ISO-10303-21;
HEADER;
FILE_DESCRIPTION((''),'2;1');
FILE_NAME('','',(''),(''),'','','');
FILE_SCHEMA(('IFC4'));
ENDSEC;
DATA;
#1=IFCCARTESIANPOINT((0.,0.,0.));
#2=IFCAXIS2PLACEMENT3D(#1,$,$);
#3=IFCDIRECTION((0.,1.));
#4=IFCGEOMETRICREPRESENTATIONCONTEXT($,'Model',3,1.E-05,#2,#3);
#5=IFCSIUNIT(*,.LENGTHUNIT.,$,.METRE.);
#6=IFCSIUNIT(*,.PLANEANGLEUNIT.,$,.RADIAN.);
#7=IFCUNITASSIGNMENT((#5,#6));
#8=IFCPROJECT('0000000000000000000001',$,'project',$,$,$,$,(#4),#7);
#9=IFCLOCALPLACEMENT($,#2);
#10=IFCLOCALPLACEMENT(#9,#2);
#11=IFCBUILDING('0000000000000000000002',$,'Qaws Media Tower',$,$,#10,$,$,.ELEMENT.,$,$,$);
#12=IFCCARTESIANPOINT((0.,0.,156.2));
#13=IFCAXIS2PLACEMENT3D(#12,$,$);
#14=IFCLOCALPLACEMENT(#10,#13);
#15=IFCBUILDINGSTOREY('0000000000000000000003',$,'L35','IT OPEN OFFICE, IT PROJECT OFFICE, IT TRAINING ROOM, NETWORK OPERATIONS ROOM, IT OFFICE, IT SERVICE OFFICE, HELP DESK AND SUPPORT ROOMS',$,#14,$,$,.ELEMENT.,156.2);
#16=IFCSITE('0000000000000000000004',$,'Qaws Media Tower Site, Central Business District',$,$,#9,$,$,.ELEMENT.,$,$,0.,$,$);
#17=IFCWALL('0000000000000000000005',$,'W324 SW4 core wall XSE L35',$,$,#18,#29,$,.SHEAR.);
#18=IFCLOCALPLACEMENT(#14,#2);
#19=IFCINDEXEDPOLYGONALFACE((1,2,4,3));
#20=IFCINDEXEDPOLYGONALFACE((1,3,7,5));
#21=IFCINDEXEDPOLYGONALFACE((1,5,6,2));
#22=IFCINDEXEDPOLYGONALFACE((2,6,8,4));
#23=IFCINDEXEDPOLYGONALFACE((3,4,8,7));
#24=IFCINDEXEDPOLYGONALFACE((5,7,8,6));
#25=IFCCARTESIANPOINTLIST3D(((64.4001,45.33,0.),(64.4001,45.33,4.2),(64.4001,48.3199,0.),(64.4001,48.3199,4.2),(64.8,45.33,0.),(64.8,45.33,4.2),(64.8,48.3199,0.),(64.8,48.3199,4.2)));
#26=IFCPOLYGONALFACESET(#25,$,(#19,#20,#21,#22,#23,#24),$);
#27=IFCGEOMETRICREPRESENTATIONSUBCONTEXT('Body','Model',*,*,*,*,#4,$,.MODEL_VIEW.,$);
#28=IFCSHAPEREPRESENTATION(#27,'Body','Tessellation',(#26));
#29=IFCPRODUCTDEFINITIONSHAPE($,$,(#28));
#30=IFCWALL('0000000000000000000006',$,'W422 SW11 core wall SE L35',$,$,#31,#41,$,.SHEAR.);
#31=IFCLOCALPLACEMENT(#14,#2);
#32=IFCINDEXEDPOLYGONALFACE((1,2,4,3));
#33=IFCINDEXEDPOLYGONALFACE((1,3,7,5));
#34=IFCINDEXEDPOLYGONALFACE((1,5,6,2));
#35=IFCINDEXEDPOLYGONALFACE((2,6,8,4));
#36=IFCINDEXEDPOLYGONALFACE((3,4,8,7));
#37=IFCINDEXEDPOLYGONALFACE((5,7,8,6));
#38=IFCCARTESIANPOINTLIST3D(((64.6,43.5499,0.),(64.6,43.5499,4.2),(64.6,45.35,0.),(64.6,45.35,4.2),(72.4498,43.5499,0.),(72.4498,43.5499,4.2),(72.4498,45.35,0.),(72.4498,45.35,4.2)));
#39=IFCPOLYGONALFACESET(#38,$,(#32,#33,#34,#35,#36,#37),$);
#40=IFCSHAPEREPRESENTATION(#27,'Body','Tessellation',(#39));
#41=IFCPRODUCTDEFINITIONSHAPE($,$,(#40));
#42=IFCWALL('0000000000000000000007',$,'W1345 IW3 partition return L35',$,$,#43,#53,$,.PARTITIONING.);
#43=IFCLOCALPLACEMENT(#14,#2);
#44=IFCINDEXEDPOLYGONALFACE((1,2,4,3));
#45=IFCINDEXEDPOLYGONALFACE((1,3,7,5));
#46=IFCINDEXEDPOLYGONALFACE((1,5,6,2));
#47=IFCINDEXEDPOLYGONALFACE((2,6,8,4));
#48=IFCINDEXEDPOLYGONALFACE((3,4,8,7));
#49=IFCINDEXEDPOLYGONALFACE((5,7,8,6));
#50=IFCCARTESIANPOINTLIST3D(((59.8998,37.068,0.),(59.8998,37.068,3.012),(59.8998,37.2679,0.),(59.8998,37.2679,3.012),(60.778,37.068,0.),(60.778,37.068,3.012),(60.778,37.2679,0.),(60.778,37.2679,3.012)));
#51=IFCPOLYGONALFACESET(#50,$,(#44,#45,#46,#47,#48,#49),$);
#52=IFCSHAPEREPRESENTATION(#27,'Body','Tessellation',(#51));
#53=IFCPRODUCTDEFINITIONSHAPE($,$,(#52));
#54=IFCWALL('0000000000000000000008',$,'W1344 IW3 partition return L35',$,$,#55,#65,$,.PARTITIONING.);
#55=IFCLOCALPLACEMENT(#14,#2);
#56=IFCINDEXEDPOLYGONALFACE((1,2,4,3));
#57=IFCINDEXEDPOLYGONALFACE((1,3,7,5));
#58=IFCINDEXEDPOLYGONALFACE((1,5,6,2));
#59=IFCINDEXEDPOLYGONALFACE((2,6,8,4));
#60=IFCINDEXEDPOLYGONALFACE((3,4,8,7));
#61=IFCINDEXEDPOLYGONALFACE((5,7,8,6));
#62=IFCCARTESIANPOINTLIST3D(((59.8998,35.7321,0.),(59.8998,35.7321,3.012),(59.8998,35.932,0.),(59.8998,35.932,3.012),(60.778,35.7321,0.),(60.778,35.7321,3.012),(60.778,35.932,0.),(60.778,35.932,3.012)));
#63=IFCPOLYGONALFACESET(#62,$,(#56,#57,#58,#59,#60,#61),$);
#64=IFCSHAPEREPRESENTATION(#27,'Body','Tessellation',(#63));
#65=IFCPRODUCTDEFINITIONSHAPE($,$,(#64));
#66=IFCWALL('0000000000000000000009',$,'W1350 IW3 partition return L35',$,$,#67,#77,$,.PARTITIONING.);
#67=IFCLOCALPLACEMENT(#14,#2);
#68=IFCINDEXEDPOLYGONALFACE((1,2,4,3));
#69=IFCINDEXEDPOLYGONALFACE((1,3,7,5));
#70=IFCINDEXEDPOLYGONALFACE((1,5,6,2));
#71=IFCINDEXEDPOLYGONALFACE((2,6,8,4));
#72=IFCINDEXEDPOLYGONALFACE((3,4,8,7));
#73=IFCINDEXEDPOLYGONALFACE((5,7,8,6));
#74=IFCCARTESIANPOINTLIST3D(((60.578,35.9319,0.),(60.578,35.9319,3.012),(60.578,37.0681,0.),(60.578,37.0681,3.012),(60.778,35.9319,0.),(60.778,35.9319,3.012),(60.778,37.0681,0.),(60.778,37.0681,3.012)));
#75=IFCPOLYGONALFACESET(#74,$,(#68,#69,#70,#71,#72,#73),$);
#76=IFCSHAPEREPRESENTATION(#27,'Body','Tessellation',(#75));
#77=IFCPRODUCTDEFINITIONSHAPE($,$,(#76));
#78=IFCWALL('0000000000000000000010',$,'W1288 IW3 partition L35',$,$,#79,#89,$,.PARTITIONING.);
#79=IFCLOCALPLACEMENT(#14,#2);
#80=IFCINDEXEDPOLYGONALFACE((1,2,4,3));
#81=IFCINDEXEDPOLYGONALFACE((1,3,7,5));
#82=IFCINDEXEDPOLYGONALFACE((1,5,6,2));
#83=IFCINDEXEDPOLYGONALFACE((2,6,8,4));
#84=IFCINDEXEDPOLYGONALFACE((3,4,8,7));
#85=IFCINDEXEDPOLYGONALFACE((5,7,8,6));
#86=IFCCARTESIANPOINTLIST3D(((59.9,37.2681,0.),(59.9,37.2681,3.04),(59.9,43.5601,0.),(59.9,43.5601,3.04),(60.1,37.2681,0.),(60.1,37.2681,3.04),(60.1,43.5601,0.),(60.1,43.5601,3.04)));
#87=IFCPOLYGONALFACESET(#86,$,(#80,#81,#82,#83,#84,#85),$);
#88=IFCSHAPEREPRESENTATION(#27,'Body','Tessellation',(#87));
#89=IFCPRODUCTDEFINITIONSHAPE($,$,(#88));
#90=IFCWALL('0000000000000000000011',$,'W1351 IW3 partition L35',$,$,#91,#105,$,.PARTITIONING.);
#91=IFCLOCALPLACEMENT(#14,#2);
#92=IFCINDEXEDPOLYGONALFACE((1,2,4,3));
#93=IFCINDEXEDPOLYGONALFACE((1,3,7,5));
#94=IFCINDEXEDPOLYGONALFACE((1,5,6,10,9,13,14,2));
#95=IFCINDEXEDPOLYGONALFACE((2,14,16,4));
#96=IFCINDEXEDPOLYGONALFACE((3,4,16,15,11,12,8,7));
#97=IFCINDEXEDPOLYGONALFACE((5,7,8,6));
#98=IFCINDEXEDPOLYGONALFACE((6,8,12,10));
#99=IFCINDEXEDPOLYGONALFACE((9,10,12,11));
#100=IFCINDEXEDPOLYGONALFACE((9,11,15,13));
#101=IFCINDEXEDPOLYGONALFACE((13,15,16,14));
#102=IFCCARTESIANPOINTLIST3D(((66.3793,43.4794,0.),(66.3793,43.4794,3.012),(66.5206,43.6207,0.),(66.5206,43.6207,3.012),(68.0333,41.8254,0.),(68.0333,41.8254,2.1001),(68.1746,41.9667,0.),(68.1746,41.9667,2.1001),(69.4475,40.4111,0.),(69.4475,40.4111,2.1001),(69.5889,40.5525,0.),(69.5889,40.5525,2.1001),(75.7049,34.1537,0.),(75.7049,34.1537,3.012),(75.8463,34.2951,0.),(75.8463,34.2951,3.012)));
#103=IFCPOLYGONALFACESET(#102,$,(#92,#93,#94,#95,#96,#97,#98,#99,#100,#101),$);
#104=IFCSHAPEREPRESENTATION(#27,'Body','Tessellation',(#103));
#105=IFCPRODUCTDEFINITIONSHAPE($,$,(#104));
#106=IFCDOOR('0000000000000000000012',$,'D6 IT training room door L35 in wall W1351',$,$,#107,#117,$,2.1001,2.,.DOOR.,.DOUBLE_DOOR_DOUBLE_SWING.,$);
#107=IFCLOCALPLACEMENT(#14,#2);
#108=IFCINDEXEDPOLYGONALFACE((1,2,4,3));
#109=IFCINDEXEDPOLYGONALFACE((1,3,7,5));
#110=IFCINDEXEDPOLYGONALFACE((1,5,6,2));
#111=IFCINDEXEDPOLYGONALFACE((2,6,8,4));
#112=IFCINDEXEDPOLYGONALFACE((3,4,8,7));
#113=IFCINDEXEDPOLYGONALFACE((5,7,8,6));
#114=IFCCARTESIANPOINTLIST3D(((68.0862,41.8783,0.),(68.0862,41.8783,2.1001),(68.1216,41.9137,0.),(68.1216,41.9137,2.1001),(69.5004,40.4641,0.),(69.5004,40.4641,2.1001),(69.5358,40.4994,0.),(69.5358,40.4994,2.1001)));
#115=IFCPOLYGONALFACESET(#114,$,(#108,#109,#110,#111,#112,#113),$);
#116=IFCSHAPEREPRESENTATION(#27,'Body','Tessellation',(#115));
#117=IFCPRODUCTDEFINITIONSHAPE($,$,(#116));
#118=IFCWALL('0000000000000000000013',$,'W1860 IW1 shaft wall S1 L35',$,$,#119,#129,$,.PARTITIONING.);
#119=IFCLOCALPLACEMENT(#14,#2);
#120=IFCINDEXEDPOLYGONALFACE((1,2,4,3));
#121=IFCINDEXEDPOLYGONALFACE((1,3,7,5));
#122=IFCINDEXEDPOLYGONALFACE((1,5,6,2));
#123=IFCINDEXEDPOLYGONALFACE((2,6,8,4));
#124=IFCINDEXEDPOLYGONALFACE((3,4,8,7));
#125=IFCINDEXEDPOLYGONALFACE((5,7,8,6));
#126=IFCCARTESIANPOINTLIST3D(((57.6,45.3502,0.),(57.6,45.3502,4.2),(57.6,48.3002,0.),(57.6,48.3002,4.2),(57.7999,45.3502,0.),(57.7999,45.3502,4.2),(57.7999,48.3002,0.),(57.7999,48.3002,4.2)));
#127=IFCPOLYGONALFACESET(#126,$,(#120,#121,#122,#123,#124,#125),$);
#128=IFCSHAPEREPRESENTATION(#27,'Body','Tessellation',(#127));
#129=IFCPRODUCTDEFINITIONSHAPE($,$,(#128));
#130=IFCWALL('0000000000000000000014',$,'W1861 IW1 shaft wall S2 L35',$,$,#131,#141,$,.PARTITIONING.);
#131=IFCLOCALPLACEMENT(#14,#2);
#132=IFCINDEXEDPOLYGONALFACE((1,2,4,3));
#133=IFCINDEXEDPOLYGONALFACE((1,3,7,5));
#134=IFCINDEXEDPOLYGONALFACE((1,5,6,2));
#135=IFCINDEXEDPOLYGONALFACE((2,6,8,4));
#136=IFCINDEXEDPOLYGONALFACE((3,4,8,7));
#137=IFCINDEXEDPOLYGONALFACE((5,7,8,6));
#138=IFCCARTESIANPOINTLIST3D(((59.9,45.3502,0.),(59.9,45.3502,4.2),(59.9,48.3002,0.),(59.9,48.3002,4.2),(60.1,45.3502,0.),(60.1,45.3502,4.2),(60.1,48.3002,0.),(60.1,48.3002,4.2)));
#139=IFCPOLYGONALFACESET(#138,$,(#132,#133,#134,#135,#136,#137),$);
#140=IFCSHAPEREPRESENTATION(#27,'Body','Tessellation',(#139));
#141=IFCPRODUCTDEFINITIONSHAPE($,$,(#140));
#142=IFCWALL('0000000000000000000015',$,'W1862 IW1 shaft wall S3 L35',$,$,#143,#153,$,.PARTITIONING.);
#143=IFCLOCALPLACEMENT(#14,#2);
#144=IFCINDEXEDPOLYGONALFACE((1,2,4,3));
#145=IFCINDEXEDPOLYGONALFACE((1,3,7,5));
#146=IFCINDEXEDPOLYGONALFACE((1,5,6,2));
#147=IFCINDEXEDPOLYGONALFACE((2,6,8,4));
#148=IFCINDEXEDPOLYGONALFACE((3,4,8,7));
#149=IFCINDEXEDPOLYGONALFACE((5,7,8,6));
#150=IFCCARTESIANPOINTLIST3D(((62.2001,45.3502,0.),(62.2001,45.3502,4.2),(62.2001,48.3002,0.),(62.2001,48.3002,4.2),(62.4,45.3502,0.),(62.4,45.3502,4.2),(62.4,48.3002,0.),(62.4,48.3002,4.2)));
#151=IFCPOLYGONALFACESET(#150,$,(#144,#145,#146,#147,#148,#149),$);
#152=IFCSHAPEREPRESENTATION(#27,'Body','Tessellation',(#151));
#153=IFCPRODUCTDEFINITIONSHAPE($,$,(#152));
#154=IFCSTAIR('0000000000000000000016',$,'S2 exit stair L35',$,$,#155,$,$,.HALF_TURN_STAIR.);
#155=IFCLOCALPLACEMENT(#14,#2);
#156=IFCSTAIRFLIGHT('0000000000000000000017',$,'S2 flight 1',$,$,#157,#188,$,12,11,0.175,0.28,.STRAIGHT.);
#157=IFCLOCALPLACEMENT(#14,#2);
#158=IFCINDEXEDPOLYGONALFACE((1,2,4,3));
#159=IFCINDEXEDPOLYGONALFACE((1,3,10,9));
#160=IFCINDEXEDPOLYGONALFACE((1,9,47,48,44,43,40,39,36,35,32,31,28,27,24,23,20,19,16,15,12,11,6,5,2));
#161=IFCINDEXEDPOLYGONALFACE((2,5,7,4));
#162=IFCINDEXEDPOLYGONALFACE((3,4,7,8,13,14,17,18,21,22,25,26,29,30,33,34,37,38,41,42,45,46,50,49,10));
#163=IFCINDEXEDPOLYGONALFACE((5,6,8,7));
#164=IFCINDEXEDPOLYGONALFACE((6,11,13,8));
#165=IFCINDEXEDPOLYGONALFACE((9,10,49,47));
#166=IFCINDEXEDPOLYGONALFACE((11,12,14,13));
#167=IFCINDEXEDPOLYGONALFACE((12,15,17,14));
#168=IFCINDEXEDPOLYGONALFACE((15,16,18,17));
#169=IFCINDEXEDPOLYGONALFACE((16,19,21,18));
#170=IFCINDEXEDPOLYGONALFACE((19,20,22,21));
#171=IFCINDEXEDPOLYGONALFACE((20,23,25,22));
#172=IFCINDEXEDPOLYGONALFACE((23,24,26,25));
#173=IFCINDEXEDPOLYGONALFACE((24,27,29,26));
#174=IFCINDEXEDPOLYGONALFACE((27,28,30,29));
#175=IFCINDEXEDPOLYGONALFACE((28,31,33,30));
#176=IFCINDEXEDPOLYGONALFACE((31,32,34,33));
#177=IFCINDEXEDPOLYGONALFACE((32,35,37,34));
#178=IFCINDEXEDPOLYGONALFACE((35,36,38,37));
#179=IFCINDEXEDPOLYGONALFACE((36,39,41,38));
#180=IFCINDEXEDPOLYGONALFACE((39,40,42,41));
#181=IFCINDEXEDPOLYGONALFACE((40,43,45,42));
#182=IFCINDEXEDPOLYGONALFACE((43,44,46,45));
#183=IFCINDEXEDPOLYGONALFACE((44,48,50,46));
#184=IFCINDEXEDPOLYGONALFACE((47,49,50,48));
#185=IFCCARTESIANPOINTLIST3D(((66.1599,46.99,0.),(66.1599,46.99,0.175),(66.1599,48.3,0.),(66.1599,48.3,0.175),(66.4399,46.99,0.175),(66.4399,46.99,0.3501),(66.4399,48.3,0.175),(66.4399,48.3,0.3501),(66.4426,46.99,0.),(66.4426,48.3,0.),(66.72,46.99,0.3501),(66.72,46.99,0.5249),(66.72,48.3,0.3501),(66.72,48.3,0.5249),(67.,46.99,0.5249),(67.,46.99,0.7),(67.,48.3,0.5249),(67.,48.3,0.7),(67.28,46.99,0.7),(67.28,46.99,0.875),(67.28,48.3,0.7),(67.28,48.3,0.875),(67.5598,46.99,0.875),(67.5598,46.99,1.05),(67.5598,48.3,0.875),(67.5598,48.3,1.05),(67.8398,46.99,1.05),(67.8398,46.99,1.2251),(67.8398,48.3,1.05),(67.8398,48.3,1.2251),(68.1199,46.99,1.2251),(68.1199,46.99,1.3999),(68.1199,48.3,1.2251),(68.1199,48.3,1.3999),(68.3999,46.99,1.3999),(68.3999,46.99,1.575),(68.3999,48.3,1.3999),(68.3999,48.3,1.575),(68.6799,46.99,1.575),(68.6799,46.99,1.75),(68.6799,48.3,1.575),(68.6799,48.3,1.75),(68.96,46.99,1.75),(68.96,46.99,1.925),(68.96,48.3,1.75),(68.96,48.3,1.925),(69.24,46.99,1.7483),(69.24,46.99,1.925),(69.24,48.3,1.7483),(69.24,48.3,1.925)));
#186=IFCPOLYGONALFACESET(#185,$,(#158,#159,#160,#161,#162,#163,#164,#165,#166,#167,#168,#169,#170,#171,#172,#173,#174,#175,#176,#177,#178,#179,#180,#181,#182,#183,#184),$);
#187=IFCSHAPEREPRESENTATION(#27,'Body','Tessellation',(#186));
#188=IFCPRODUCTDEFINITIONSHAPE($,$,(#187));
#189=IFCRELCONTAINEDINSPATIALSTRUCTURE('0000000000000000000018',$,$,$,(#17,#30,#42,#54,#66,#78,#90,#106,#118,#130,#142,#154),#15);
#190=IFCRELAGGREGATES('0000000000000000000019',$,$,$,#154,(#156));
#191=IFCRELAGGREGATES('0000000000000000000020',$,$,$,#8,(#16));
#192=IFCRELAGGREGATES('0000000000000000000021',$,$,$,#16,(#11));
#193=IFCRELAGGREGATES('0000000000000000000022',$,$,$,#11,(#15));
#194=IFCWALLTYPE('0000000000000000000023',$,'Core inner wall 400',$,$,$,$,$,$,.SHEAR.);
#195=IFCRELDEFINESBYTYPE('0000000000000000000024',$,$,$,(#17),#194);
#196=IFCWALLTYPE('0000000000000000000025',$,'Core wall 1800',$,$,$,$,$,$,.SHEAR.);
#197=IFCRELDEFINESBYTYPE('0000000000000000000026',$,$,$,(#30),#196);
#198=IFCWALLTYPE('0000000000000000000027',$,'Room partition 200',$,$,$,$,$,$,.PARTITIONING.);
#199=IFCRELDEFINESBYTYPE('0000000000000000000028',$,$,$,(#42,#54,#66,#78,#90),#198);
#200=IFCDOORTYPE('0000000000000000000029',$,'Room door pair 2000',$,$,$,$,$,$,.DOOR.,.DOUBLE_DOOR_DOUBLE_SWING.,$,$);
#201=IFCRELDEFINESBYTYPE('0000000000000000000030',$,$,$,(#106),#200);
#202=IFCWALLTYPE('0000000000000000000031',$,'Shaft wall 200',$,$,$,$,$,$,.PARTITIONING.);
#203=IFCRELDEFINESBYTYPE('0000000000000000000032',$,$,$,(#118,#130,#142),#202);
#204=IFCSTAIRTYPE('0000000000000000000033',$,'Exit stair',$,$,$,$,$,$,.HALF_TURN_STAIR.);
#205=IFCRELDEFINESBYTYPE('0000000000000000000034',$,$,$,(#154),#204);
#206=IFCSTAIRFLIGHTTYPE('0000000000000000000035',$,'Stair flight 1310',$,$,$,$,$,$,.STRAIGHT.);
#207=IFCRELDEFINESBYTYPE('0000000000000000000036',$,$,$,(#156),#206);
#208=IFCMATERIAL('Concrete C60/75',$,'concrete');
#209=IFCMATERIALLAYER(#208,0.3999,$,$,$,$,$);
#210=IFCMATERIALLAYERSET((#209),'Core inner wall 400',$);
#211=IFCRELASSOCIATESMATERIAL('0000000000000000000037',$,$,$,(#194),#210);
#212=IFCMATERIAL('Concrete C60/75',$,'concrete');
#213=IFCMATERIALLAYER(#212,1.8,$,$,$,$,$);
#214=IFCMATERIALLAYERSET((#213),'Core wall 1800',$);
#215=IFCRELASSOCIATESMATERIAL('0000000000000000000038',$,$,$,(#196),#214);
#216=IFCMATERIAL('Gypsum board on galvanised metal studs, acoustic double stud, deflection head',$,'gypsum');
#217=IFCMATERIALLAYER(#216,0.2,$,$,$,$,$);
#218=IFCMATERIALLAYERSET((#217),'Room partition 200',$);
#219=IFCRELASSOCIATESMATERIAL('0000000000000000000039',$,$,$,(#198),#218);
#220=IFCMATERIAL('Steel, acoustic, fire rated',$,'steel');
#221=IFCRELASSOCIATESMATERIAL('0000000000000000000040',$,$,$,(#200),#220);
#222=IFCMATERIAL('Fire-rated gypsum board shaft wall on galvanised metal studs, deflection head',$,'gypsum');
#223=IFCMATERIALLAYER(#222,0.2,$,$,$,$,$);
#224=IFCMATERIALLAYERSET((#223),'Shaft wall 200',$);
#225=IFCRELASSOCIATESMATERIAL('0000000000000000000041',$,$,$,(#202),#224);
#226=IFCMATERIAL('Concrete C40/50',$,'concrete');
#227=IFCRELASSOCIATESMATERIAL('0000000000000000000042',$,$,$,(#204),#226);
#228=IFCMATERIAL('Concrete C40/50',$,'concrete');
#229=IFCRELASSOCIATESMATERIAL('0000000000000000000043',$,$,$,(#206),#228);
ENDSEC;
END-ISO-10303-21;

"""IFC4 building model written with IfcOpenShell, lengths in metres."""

from ifc_helpers import new_model, si_unit, direction, frame, frame_2d, origin, place, context, subcontext, project, spatial, polyline, rectangle, outline, extrude, material, layer, layer_set, type_object, element, fill, aggregate, save


model = new_model("IFC4")

# Units and contexts
model_context = context("Model", 3, precision=1e-05, world=origin(), true_north=direction((0.0, 1.0)))
body_context = subcontext(model_context, "Body", "Model", "MODEL_VIEW")
ifc_project = project(units=[si_unit("LENGTHUNIT", "METRE"), si_unit("PLANEANGLEUNIT", "RADIAN")], contexts=[model_context])

# Site, building, storey
site_placement = place(None, origin())
site = spatial("IfcSite", under=ifc_project, at=site_placement, Name="Qaws Media Tower Site, Central Business District", CompositionType="ELEMENT", RefElevation=0.0)
building_placement = place(site_placement, origin())
building = spatial("IfcBuilding", under=site, at=building_placement, Name="Qaws Media Tower", CompositionType="ELEMENT")
storey_placement = place(building_placement, frame((0.0, 0.0, 156.2)))
storey = spatial("IfcBuildingStorey", under=building, at=storey_placement, Name="L35", Description="IT OPEN OFFICE, IT PROJECT OFFICE, IT TRAINING ROOM, NETWORK OPERATIONS ROOM, IT OFFICE, IT SERVICE OFFICE, HELP DESK AND SUPPORT ROOMS", CompositionType="ELEMENT", Elevation=156.2)

# Walls
ifc_material_1 = material(Name="Concrete C60/75", Category="concrete")
ifc_layer_1 = layer(ifc_material_1, 0.3999)
ifc_layer_set_1 = layer_set([ifc_layer_1], Name="Core inner wall 400")
wall_type_1 = type_object("IfcWallType", Name="Core inner wall 400", PredefinedType="SHEAR", material=ifc_layer_set_1)
wall_1_placement = place(storey_placement, frame((64.6001, 48.3201, 0.0), z_axis=(0.0, 0.0, 1.0), x_axis=(0.0, -1.0, 0.0)))
element("IfcWall", 1, at=wall_1_placement, inside=storey, type_object=wall_type_1, Name="W324 SW4 core wall XSE L35", PredefinedType="SHEAR", context=body_context, shape_type="SweptSolid", body=[
    extrude(rectangle(XDim=2.99, YDim=0.3999, at=frame_2d((1.4951, 0.0))), origin(), (0.0, 0.0, 1.0), 4.2),
])
ifc_material_2 = material(Name="Concrete C60/75", Category="concrete")
ifc_layer_2 = layer(ifc_material_2, 1.8)
ifc_layer_set_2 = layer_set([ifc_layer_2], Name="Core wall 1800")
wall_type_2 = type_object("IfcWallType", Name="Core wall 1800", PredefinedType="SHEAR", material=ifc_layer_set_2)
wall_2_placement = place(storey_placement, frame((64.6001, 44.45, 0.0), z_axis=(0.0, 0.0, 1.0), x_axis=(1.0, 0.0, 0.0)))
element("IfcWall", 2, at=wall_2_placement, inside=storey, type_object=wall_type_2, Name="W422 SW11 core wall SE L35", PredefinedType="SHEAR", context=body_context, shape_type="SweptSolid", body=[
    extrude(rectangle(XDim=7.8499, YDim=1.8, at=frame_2d((3.9248, 0.0))), origin(), (0.0, 0.0, 1.0), 4.2),
])
ifc_material_3 = material(Name="Gypsum board on galvanised metal studs, acoustic double stud, deflection head", Category="gypsum")
ifc_layer_3 = layer(ifc_material_3, 0.2)
ifc_layer_set_3 = layer_set([ifc_layer_3], Name="Room partition 200")
wall_type_3 = type_object("IfcWallType", Name="Room partition 200", PredefinedType="PARTITIONING", material=ifc_layer_set_3)
for number, where, z_axis, x_axis, name in (
    (3, (59.8999, 37.168, 0.0), (0.0, 0.0, 1.0), (1.0, 0.0, 0.0), "W1345 IW3 partition return L35"),
    (4, (59.8999, 35.832, 0.0), (0.0, 0.0, 1.0), (1.0, 0.0, 0.0), "W1344 IW3 partition return L35"),
):
    element("IfcWall", number, at=place(storey_placement, frame(where, z_axis=z_axis, x_axis=x_axis)), inside=storey, type_object=wall_type_3, Name=name, PredefinedType="PARTITIONING", context=body_context, shape_type="SweptSolid", body=[
        extrude(rectangle(XDim=0.8782, YDim=0.2, at=frame_2d((0.439, 0.0))), origin(), (0.0, 0.0, 1.0), 3.012),
    ])
wall_3_placement = place(storey_placement, frame((60.678, 37.0681, 0.0), z_axis=(0.0, 0.0, 1.0), x_axis=(0.0, -1.0, 0.0)))
element("IfcWall", 5, at=wall_3_placement, inside=storey, type_object=wall_type_3, Name="W1350 IW3 partition return L35", PredefinedType="PARTITIONING", context=body_context, shape_type="SweptSolid", body=[
    extrude(rectangle(XDim=1.1362, YDim=0.2, at=frame_2d((0.5681, 0.0))), origin(), (0.0, 0.0, 1.0), 3.012),
])
wall_4_placement = place(storey_placement, frame((60.0, 43.5601, 0.0), z_axis=(0.0, 0.0, 1.0), x_axis=(0.0, -1.0, 0.0)))
element("IfcWall", 6, at=wall_4_placement, inside=storey, type_object=wall_type_3, Name="W1288 IW3 partition L35", PredefinedType="PARTITIONING", context=body_context, shape_type="SweptSolid", body=[
    extrude(rectangle(XDim=6.292, YDim=0.2, at=frame_2d((3.146, 0.0))), origin(), (0.0, 0.0, 1.0), 3.04),
])

# Wall, opening, door
wall_5_placement = place(storey_placement, frame((66.45, 43.55, 0.0), z_axis=(0.0, 0.0, 1.0), x_axis=(0.707107, -0.707107, 0.0)))
wall_5 = element("IfcWall", 7, at=wall_5_placement, inside=storey, type_object=wall_type_3, Name="W1351 IW3 partition L35", PredefinedType="PARTITIONING", context=body_context, shape_type="SweptSolid", body=[
    extrude(rectangle(XDim=13.1885, YDim=0.2, at=frame_2d((6.5942, 0.0))), origin(), (0.0, 0.0, 1.0), 3.012),
])
opening_placement = place(wall_5_placement, frame((2.3391, 0.0, 0.0)))
opening = element("IfcOpeningElement", 8, at=opening_placement, cuts=wall_5, PredefinedType="OPENING", context=body_context, shape_type="SweptSolid", body=[
    extrude(rectangle(XDim=2.0, YDim=2.1001, at=frame_2d((1.0, 1.05))), frame((0.0, 0.1099, 0.0), z_axis=(0.0, -1.0, 0.0), x_axis=(1.0, 0.0, 0.0)), (0.0, 0.0, 1.0), 0.22),
])
ifc_material_4 = material(Name="Steel, acoustic, fire rated", Category="steel")
door_type = type_object("IfcDoorType", Name="Room door pair 2000", OperationType="DOUBLE_DOOR_DOUBLE_SWING", PredefinedType="DOOR", material=ifc_material_4)
door_placement = place(opening_placement, origin())
door = element("IfcDoor", 9, at=door_placement, inside=storey, type_object=door_type, Name="D6 IT training room door L35 in wall W1351", OperationType="DOUBLE_DOOR_DOUBLE_SWING", OverallHeight=2.1001, OverallWidth=2.0, PredefinedType="DOOR", context=body_context, shape_type="SweptSolid", body=[
    extrude(rectangle(XDim=2.0, YDim=2.1001, at=frame_2d((1.0, 1.05))), frame((0.0, 0.0249, 0.0), z_axis=(0.0, -1.0, 0.0), x_axis=(1.0, 0.0, 0.0)), (0.0, 0.0, 1.0), 0.05),
])
fill(opening, door)

# Walls
ifc_material_5 = material(Name="Fire-rated gypsum board shaft wall on galvanised metal studs, deflection head", Category="gypsum")
ifc_layer_4 = layer(ifc_material_5, 0.2)
ifc_layer_set_4 = layer_set([ifc_layer_4], Name="Shaft wall 200")
wall_type_4 = type_object("IfcWallType", Name="Shaft wall 200", PredefinedType="PARTITIONING", material=ifc_layer_set_4)
for number, where, z_axis, x_axis, name in (
    (10, (57.7, 45.3501, 0.0), (0.0, 0.0, 1.0), (0.0, 1.0, 0.0), "W1860 IW1 shaft wall S1 L35"),
    (11, (60.0, 45.3501, 0.0), (0.0, 0.0, 1.0), (0.0, 1.0, 0.0), "W1861 IW1 shaft wall S2 L35"),
    (12, (62.3, 45.3501, 0.0), (0.0, 0.0, 1.0), (0.0, 1.0, 0.0), "W1862 IW1 shaft wall S3 L35"),
):
    element("IfcWall", number, at=place(storey_placement, frame(where, z_axis=z_axis, x_axis=x_axis)), inside=storey, type_object=wall_type_4, Name=name, PredefinedType="PARTITIONING", context=body_context, shape_type="SweptSolid", body=[
        extrude(rectangle(XDim=2.95, YDim=0.2, at=frame_2d((1.4751, 0.0))), origin(), (0.0, 0.0, 1.0), 4.2),
    ])

# Stair, stair flight
ifc_material_6 = material(Name="Concrete C40/50", Category="concrete")
stair_type = type_object("IfcStairType", Name="Exit stair", PredefinedType="HALF_TURN_STAIR", material=ifc_material_6)
stair_placement = place(storey_placement, origin())
stair = element("IfcStair", 13, at=stair_placement, inside=storey, type_object=stair_type, Name="S2 exit stair L35", PredefinedType="HALF_TURN_STAIR")
ifc_material_7 = material(Name="Concrete C40/50", Category="concrete")
stair_flight_type = type_object("IfcStairFlightType", Name="Stair flight 1310", PredefinedType="STRAIGHT", material=ifc_material_7)
stair_flight_1_placement = place(storey_placement, frame((66.1599, 47.645, 0.0), z_axis=(0.0, 0.0, 1.0), x_axis=(1.0, 0.0, 0.0)))
stair_flight_1 = element("IfcStairFlight", 14, at=stair_flight_1_placement, type_object=stair_flight_type, Name="S2 flight 1", NumberOfRisers=12, NumberOfTreads=11, PredefinedType="STRAIGHT", RiserHeight=0.175, TreadLength=0.28, context=body_context, shape_type="SweptSolid", body=[
    extrude(outline(polyline([(0.0, 0.0), (0.0, 0.175), (0.28, 0.175), (0.28, 0.3501), (0.5601, 0.3501), (0.5601, 0.5249), (0.8401, 0.5249), (0.8401, 0.7), (1.1201, 0.7), (1.1201, 0.875), (1.3999, 0.875), (1.3999, 1.05), (1.6799, 1.05), (1.6799, 1.2251), (1.96, 1.2251), (1.96, 1.3999), (2.24, 1.3999), (2.24, 1.575), (2.52, 1.575), (2.52, 1.75), (2.8, 1.75), (2.8, 1.925), (3.0801, 1.925), (3.0801, 2.1001), (3.0801, 1.7483), (0.2827, 0.0), (0.0, 0.0)])), frame((0.0, 0.655, 0.0), z_axis=(0.0, -1.0, 0.0), x_axis=(1.0, 0.0, 0.0)), (0.0, 0.0, 1.0), 1.3101),
])
aggregate(stair, [stair_flight_1])

save(model, "model.ifc")
